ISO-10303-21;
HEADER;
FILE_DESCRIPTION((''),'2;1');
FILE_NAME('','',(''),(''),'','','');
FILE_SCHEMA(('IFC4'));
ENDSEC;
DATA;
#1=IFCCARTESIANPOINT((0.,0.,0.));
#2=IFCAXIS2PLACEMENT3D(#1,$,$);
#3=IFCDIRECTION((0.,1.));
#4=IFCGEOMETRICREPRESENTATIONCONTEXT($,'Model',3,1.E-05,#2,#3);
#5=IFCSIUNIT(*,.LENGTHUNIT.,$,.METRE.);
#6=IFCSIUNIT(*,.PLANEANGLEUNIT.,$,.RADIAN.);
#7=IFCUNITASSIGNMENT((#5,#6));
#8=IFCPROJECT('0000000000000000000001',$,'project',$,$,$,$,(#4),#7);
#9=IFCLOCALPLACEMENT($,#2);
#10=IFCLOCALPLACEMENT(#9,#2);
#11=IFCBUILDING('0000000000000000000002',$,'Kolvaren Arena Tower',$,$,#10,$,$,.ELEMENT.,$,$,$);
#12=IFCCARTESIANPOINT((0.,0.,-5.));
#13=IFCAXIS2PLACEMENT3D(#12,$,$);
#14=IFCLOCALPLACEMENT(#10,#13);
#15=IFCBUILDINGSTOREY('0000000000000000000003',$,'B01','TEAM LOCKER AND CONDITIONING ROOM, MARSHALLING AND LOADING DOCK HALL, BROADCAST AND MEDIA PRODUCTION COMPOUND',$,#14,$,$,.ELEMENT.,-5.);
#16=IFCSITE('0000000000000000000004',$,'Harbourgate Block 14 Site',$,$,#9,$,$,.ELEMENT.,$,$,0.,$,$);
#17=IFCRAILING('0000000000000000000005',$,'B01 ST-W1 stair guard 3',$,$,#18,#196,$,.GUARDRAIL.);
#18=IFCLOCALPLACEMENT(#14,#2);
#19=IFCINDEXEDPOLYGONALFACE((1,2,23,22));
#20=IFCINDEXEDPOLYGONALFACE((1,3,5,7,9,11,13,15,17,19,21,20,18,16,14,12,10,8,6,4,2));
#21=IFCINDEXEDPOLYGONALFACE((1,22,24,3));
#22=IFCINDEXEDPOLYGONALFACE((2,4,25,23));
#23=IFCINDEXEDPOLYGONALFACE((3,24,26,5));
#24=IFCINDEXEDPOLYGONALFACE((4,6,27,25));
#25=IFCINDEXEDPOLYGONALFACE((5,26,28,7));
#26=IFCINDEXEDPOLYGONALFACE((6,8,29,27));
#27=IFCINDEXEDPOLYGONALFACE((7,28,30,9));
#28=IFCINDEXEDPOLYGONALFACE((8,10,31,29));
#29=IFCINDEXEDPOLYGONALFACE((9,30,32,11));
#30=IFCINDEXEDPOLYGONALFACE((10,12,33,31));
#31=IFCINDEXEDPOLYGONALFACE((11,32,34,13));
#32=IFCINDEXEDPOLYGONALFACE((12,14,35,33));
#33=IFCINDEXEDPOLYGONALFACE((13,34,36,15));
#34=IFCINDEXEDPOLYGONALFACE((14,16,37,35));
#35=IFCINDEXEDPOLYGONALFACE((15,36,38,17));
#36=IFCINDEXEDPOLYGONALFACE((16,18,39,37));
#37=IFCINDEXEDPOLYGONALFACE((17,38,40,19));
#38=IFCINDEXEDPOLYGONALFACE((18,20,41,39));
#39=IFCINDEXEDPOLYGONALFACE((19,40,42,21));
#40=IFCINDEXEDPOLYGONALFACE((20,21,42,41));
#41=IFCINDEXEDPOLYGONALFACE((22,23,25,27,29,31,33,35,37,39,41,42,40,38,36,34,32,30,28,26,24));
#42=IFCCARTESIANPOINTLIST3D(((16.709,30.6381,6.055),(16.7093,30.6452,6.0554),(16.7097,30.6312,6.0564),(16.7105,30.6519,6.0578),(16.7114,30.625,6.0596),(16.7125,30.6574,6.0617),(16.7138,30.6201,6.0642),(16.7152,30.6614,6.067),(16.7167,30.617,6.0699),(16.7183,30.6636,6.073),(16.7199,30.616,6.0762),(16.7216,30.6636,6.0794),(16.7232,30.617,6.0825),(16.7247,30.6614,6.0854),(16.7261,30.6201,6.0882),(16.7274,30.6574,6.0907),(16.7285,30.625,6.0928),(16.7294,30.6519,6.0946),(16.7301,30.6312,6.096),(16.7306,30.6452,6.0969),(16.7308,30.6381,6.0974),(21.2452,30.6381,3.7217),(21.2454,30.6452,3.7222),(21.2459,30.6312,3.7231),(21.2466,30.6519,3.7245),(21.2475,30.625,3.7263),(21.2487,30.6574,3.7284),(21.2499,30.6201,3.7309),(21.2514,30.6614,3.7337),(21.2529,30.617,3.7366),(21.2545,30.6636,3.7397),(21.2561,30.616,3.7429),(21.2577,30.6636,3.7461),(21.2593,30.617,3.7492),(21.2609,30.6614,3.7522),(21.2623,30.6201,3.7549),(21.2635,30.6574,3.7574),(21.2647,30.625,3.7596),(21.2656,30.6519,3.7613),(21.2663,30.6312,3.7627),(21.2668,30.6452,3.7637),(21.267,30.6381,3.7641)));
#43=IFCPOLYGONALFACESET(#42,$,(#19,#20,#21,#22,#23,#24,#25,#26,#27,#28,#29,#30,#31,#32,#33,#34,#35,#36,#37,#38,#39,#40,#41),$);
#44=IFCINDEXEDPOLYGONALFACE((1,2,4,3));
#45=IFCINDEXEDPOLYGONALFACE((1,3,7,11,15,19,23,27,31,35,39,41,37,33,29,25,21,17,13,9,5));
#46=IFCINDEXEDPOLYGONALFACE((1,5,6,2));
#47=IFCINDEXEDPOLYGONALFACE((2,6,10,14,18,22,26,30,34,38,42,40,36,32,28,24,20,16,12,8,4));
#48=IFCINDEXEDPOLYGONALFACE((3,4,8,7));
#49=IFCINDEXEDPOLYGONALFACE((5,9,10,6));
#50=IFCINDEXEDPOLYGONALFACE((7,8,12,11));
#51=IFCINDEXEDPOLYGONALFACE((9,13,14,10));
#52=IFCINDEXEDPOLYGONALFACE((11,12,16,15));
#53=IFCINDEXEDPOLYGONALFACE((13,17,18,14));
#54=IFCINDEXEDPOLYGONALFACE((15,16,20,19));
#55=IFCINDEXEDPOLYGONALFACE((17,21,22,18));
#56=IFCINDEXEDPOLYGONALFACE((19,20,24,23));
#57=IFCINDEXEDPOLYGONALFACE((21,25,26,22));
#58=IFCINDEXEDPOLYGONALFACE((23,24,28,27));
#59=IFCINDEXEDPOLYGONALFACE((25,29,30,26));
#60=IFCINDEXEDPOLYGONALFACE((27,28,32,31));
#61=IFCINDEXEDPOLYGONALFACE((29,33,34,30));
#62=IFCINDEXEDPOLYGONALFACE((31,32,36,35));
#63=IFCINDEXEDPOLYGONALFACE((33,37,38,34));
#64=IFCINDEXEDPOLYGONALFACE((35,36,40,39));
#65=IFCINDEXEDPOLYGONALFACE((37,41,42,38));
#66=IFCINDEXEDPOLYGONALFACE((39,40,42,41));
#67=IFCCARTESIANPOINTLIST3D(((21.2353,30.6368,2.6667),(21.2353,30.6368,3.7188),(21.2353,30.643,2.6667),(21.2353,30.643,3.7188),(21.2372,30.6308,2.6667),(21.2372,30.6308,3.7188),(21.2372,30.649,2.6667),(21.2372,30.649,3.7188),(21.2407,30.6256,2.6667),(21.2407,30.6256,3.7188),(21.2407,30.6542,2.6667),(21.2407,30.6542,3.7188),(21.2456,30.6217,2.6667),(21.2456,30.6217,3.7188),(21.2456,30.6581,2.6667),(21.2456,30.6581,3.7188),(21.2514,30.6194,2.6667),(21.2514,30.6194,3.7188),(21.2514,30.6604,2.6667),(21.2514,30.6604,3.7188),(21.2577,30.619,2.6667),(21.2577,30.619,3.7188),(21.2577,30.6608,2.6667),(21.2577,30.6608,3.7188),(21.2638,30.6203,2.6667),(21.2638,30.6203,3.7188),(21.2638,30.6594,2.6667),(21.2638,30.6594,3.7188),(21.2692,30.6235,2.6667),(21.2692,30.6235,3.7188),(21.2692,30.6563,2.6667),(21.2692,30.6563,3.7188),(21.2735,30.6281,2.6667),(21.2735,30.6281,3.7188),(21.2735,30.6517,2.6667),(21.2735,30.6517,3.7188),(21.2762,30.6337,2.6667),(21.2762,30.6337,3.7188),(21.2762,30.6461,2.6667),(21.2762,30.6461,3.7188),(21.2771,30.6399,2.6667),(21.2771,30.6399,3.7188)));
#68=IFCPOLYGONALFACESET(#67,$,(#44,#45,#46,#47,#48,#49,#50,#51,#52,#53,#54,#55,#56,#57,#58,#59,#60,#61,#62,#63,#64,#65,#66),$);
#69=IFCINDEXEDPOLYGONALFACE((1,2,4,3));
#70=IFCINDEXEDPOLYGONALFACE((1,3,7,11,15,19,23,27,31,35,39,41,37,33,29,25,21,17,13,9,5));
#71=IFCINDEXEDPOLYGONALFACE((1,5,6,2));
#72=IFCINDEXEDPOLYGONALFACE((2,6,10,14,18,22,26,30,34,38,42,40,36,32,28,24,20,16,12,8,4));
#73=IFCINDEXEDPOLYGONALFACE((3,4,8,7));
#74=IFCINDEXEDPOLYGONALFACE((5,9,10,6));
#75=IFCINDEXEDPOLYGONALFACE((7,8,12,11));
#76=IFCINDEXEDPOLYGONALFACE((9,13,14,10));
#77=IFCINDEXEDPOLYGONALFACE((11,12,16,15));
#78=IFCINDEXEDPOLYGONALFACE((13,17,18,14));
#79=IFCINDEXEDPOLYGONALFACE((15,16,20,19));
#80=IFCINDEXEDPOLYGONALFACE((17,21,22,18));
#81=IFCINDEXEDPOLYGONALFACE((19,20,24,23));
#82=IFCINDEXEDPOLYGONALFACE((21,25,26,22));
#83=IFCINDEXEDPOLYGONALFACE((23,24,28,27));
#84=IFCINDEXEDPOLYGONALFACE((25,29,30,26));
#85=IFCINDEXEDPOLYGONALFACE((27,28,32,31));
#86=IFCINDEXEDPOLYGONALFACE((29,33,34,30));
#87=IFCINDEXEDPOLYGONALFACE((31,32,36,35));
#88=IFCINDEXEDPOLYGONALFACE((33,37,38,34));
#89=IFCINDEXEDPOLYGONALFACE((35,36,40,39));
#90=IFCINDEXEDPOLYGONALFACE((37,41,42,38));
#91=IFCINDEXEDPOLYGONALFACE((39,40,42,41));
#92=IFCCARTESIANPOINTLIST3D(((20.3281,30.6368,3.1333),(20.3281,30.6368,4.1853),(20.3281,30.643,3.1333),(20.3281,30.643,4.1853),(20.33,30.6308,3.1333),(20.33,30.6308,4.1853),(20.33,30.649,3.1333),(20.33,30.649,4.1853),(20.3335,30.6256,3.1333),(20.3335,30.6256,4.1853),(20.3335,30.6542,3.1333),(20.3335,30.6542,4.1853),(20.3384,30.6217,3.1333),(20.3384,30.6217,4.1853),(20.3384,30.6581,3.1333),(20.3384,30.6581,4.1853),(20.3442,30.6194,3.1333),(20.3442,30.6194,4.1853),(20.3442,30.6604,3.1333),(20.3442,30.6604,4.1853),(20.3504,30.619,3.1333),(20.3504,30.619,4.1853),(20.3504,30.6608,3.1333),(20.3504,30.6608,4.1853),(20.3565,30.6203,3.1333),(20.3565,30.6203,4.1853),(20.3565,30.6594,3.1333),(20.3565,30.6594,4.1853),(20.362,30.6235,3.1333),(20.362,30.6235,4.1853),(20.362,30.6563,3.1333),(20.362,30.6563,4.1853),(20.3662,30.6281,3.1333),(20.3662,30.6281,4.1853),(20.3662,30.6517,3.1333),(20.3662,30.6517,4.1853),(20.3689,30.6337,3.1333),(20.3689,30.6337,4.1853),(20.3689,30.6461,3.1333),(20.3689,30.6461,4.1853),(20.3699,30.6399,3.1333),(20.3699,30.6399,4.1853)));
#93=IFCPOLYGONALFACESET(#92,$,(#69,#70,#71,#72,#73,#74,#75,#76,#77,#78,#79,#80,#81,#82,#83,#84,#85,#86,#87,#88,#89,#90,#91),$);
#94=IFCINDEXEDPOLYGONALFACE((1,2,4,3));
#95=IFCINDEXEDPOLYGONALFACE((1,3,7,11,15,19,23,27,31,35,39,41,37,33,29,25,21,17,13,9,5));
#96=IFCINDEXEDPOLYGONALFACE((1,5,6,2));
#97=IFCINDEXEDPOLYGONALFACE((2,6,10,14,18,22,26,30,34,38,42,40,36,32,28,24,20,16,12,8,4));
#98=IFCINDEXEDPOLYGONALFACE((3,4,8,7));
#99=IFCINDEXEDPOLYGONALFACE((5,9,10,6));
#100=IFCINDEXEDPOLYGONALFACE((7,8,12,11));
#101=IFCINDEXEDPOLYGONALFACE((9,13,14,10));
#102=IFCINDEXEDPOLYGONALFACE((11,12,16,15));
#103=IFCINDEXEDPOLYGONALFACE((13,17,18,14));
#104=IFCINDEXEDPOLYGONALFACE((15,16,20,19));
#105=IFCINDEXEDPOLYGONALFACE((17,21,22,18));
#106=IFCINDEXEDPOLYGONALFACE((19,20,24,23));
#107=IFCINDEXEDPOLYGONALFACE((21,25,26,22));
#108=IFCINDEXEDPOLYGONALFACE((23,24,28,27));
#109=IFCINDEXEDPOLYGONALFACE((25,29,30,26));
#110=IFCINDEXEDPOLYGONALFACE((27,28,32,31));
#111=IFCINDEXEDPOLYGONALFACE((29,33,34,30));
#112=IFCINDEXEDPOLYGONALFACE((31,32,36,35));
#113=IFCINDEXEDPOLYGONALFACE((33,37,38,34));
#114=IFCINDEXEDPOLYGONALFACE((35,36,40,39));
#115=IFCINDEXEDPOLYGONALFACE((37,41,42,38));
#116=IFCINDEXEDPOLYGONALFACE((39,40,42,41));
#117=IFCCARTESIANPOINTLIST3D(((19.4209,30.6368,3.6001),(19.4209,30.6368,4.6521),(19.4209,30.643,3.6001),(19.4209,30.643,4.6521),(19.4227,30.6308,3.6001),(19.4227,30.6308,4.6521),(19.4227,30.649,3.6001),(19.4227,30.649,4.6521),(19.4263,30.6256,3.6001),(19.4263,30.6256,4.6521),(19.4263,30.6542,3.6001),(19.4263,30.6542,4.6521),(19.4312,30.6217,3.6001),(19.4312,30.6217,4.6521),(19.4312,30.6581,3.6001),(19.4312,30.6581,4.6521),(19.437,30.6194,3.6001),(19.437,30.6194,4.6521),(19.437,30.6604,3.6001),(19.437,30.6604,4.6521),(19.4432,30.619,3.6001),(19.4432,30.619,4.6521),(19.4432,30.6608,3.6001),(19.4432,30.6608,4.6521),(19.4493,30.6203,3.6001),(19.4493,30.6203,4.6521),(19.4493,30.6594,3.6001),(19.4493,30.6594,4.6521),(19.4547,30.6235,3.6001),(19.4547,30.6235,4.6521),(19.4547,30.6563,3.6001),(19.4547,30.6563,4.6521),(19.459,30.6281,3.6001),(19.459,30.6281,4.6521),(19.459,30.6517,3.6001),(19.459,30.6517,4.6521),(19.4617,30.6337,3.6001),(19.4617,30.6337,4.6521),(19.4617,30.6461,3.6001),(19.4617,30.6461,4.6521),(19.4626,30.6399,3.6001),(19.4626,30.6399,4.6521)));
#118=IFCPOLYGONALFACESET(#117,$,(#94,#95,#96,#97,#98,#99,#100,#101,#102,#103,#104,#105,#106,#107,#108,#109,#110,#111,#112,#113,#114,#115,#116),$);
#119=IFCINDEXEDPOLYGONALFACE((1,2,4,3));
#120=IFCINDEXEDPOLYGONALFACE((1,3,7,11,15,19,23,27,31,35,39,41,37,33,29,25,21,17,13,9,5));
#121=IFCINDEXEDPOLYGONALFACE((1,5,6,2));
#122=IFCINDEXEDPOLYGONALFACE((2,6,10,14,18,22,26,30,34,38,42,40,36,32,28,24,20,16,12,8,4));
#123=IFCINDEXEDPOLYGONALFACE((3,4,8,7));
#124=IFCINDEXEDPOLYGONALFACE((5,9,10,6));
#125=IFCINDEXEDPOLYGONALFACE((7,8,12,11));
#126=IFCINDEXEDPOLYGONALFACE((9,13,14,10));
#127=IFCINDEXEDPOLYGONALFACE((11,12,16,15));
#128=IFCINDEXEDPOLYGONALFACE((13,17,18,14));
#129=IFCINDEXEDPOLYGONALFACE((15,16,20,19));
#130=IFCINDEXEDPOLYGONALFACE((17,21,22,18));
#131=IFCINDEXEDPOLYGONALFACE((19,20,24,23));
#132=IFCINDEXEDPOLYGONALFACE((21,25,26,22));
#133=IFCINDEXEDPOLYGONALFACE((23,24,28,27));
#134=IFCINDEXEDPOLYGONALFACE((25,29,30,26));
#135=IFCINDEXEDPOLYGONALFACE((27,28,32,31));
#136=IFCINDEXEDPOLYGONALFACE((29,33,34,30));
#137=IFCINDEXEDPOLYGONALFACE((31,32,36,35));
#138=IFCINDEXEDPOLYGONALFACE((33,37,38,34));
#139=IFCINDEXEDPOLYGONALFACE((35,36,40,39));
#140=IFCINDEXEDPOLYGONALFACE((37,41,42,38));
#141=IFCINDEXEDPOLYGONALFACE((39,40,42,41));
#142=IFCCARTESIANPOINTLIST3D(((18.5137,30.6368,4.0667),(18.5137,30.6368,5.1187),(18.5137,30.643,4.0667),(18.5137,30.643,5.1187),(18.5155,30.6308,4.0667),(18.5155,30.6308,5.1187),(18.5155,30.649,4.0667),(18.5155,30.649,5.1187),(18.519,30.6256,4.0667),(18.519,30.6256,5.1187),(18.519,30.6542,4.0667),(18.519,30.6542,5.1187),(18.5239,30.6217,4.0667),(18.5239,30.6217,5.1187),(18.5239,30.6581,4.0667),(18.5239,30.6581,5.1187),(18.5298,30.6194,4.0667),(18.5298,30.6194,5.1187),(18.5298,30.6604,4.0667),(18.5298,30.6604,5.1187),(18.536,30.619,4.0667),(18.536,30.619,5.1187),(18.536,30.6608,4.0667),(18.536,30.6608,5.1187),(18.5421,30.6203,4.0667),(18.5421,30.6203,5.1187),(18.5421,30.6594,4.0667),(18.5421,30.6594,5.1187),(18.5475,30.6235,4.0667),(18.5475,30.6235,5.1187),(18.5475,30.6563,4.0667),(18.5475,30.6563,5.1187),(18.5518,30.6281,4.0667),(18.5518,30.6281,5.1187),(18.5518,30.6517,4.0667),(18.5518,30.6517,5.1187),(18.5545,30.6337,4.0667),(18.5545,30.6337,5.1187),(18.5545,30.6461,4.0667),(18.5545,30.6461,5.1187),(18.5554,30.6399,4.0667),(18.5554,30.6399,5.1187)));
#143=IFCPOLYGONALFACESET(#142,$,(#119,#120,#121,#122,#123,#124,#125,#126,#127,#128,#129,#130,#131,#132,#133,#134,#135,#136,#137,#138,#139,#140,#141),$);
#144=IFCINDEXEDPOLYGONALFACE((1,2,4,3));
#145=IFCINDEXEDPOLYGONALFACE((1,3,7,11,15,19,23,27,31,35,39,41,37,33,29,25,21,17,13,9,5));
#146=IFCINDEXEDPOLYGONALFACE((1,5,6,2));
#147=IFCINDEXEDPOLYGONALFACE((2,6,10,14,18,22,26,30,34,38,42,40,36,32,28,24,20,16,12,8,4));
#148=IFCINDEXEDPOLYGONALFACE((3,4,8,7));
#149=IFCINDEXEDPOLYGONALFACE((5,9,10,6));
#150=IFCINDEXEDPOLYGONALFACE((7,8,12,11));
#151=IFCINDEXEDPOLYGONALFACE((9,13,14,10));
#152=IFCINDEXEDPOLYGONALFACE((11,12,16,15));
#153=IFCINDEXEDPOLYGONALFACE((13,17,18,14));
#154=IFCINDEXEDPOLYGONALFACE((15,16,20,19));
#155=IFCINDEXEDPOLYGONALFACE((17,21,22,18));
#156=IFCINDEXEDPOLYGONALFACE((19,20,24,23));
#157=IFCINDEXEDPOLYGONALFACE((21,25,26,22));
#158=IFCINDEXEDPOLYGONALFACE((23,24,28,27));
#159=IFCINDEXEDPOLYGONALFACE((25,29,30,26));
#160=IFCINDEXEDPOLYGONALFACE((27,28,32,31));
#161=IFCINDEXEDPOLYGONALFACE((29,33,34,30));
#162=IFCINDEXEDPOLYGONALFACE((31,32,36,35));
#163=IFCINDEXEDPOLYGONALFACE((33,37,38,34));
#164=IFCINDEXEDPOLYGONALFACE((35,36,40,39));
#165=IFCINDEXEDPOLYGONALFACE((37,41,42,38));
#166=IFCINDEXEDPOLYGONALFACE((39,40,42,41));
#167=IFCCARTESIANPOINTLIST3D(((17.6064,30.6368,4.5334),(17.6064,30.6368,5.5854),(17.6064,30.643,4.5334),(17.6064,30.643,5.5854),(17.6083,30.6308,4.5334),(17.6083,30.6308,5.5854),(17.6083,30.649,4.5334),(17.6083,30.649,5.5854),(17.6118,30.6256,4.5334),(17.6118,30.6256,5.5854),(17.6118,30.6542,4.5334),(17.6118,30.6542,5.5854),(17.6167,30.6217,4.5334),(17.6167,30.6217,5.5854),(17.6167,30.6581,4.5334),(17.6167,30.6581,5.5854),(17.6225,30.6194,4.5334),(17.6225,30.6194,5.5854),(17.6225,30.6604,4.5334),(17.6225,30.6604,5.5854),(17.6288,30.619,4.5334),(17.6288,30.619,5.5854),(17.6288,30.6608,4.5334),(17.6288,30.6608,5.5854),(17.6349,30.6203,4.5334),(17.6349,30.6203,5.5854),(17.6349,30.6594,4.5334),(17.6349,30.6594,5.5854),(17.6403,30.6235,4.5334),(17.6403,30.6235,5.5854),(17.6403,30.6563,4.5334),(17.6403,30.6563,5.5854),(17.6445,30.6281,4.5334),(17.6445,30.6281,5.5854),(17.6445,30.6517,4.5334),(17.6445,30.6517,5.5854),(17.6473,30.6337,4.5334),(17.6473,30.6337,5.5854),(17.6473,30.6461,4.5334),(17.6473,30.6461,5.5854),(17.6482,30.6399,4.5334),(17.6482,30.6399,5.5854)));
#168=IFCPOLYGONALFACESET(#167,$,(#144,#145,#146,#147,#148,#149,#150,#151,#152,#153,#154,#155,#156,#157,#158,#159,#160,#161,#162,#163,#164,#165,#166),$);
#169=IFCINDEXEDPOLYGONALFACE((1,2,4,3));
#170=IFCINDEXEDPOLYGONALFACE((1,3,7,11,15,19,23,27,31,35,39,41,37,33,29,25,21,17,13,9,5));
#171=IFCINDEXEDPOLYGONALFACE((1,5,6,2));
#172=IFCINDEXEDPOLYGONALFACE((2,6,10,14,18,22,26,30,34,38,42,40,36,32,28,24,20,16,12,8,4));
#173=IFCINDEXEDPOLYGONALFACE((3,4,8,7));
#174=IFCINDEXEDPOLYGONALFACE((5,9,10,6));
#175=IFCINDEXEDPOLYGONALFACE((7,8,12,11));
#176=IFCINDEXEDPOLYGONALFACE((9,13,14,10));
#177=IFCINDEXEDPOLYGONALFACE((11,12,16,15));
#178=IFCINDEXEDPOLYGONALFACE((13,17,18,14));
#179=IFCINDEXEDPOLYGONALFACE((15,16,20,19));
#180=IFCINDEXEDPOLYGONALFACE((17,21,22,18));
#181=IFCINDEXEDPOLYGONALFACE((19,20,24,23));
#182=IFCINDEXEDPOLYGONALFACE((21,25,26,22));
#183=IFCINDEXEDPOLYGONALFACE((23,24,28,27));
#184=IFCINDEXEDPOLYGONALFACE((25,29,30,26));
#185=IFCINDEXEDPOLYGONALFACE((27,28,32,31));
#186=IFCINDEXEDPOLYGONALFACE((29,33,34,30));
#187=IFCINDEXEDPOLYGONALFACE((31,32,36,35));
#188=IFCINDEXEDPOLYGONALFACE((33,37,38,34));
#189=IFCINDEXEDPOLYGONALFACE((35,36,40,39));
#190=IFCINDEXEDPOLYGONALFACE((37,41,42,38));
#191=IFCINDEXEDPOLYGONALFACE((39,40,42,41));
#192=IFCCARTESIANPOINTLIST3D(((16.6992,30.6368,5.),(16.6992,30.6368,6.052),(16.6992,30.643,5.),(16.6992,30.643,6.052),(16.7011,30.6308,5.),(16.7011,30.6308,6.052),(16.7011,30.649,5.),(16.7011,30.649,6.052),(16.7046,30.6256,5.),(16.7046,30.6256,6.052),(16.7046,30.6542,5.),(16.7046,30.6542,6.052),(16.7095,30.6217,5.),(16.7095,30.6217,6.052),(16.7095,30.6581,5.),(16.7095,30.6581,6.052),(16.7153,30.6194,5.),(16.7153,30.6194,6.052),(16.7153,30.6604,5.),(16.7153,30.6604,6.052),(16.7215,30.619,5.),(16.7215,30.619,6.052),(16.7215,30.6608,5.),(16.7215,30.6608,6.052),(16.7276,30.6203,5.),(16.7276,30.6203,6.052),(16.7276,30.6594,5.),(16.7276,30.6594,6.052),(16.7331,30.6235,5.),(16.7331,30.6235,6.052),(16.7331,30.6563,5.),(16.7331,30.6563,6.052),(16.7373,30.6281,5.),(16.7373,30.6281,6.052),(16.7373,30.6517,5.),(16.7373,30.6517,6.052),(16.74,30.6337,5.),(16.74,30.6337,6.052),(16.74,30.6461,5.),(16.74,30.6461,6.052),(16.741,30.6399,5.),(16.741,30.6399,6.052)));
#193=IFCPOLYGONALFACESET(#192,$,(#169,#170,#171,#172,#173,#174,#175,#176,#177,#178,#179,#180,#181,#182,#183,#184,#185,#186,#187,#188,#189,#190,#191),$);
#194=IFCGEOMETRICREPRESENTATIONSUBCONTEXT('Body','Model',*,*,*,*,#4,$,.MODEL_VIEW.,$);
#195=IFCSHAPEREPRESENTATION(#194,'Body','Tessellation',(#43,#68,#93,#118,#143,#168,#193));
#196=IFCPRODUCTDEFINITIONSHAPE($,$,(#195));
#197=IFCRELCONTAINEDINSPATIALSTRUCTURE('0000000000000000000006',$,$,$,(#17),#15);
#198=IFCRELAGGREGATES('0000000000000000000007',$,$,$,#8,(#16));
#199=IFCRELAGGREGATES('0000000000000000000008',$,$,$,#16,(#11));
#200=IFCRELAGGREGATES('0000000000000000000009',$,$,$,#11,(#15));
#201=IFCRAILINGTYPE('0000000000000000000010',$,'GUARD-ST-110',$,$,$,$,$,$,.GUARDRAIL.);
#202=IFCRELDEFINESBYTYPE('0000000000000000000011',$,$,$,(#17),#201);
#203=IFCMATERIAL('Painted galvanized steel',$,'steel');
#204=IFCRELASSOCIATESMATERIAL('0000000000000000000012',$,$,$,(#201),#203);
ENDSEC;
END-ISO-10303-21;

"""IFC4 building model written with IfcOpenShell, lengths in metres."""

from ifc_helpers import new_model, si_unit, direction, frame, origin, origin_2d, place, context, subcontext, project, spatial, circle, extrude, material, type_object, element, save


model = new_model("IFC4")

# Units and contexts
model_context = context("Model", 3, precision=1e-05, world=origin(), true_north=direction((0.0, 1.0)))
body_context = subcontext(model_context, "Body", "Model", "MODEL_VIEW")
ifc_project = project(units=[si_unit("LENGTHUNIT", "METRE"), si_unit("PLANEANGLEUNIT", "RADIAN")], contexts=[model_context])

# Site, building, storey
site_placement = place(None, origin())
site = spatial("IfcSite", under=ifc_project, at=site_placement, Name="Harbourgate Block 14 Site", CompositionType="ELEMENT", RefElevation=0.0)
building_placement = place(site_placement, origin())
building = spatial("IfcBuilding", under=site, at=building_placement, Name="Kolvaren Arena Tower", CompositionType="ELEMENT")
storey_placement = place(building_placement, frame((0.0, 0.0, -5.0)))
storey = spatial("IfcBuildingStorey", under=building, at=storey_placement, Name="B01", Description="TEAM LOCKER AND CONDITIONING ROOM, MARSHALLING AND LOADING DOCK HALL, BROADCAST AND MEDIA PRODUCTION COMPOUND", CompositionType="ELEMENT", Elevation=-5.0)

# Railing
ifc_material_1 = material(Name="Painted galvanized steel", Category="steel")
railing_type_1 = type_object("IfcRailingType", Name="GUARD-ST-110", PredefinedType="GUARDRAIL", material=ifc_material_1)
railing_1_placement = place(storey_placement, frame((21.2561, 30.6399, 2.6667)))
element("IfcRailing", 1, at=railing_1_placement, inside=storey, type_object=railing_type_1, Name="B01 ST-W1 stair guard 3", PredefinedType="GUARDRAIL", context=body_context, shape_type="SweptSolid", body=[
    extrude(circle(Radius=0.0239, at=origin_2d()), frame((0.0, 0.0, 1.0762), z_axis=(-0.889257, 0.0, 0.457407), x_axis=(0.0, -1.0, 0.0)), (0.0, 0.0, 1.0), 5.1011),
    extrude(circle(Radius=0.021, at=origin_2d()), origin(), (0.0, 0.0, 1.0), 1.052),
    extrude(circle(Radius=0.021, at=origin_2d()), frame((-0.9072, 0.0, 0.4666)), (0.0, 0.0, 1.0), 1.052),
    extrude(circle(Radius=0.021, at=origin_2d()), frame((-1.8145, 0.0, 0.9333)), (0.0, 0.0, 1.0), 1.052),
    extrude(circle(Radius=0.021, at=origin_2d()), frame((-2.7217, 0.0, 1.3999)), (0.0, 0.0, 1.0), 1.052),
    extrude(circle(Radius=0.021, at=origin_2d()), frame((-3.6289, 0.0, 1.8667)), (0.0, 0.0, 1.0), 1.052),
    extrude(circle(Radius=0.021, at=origin_2d()), frame((-4.5361, 0.0, 2.3333)), (0.0, 0.0, 1.0), 1.052),
])

save(model, "model.ifc")
